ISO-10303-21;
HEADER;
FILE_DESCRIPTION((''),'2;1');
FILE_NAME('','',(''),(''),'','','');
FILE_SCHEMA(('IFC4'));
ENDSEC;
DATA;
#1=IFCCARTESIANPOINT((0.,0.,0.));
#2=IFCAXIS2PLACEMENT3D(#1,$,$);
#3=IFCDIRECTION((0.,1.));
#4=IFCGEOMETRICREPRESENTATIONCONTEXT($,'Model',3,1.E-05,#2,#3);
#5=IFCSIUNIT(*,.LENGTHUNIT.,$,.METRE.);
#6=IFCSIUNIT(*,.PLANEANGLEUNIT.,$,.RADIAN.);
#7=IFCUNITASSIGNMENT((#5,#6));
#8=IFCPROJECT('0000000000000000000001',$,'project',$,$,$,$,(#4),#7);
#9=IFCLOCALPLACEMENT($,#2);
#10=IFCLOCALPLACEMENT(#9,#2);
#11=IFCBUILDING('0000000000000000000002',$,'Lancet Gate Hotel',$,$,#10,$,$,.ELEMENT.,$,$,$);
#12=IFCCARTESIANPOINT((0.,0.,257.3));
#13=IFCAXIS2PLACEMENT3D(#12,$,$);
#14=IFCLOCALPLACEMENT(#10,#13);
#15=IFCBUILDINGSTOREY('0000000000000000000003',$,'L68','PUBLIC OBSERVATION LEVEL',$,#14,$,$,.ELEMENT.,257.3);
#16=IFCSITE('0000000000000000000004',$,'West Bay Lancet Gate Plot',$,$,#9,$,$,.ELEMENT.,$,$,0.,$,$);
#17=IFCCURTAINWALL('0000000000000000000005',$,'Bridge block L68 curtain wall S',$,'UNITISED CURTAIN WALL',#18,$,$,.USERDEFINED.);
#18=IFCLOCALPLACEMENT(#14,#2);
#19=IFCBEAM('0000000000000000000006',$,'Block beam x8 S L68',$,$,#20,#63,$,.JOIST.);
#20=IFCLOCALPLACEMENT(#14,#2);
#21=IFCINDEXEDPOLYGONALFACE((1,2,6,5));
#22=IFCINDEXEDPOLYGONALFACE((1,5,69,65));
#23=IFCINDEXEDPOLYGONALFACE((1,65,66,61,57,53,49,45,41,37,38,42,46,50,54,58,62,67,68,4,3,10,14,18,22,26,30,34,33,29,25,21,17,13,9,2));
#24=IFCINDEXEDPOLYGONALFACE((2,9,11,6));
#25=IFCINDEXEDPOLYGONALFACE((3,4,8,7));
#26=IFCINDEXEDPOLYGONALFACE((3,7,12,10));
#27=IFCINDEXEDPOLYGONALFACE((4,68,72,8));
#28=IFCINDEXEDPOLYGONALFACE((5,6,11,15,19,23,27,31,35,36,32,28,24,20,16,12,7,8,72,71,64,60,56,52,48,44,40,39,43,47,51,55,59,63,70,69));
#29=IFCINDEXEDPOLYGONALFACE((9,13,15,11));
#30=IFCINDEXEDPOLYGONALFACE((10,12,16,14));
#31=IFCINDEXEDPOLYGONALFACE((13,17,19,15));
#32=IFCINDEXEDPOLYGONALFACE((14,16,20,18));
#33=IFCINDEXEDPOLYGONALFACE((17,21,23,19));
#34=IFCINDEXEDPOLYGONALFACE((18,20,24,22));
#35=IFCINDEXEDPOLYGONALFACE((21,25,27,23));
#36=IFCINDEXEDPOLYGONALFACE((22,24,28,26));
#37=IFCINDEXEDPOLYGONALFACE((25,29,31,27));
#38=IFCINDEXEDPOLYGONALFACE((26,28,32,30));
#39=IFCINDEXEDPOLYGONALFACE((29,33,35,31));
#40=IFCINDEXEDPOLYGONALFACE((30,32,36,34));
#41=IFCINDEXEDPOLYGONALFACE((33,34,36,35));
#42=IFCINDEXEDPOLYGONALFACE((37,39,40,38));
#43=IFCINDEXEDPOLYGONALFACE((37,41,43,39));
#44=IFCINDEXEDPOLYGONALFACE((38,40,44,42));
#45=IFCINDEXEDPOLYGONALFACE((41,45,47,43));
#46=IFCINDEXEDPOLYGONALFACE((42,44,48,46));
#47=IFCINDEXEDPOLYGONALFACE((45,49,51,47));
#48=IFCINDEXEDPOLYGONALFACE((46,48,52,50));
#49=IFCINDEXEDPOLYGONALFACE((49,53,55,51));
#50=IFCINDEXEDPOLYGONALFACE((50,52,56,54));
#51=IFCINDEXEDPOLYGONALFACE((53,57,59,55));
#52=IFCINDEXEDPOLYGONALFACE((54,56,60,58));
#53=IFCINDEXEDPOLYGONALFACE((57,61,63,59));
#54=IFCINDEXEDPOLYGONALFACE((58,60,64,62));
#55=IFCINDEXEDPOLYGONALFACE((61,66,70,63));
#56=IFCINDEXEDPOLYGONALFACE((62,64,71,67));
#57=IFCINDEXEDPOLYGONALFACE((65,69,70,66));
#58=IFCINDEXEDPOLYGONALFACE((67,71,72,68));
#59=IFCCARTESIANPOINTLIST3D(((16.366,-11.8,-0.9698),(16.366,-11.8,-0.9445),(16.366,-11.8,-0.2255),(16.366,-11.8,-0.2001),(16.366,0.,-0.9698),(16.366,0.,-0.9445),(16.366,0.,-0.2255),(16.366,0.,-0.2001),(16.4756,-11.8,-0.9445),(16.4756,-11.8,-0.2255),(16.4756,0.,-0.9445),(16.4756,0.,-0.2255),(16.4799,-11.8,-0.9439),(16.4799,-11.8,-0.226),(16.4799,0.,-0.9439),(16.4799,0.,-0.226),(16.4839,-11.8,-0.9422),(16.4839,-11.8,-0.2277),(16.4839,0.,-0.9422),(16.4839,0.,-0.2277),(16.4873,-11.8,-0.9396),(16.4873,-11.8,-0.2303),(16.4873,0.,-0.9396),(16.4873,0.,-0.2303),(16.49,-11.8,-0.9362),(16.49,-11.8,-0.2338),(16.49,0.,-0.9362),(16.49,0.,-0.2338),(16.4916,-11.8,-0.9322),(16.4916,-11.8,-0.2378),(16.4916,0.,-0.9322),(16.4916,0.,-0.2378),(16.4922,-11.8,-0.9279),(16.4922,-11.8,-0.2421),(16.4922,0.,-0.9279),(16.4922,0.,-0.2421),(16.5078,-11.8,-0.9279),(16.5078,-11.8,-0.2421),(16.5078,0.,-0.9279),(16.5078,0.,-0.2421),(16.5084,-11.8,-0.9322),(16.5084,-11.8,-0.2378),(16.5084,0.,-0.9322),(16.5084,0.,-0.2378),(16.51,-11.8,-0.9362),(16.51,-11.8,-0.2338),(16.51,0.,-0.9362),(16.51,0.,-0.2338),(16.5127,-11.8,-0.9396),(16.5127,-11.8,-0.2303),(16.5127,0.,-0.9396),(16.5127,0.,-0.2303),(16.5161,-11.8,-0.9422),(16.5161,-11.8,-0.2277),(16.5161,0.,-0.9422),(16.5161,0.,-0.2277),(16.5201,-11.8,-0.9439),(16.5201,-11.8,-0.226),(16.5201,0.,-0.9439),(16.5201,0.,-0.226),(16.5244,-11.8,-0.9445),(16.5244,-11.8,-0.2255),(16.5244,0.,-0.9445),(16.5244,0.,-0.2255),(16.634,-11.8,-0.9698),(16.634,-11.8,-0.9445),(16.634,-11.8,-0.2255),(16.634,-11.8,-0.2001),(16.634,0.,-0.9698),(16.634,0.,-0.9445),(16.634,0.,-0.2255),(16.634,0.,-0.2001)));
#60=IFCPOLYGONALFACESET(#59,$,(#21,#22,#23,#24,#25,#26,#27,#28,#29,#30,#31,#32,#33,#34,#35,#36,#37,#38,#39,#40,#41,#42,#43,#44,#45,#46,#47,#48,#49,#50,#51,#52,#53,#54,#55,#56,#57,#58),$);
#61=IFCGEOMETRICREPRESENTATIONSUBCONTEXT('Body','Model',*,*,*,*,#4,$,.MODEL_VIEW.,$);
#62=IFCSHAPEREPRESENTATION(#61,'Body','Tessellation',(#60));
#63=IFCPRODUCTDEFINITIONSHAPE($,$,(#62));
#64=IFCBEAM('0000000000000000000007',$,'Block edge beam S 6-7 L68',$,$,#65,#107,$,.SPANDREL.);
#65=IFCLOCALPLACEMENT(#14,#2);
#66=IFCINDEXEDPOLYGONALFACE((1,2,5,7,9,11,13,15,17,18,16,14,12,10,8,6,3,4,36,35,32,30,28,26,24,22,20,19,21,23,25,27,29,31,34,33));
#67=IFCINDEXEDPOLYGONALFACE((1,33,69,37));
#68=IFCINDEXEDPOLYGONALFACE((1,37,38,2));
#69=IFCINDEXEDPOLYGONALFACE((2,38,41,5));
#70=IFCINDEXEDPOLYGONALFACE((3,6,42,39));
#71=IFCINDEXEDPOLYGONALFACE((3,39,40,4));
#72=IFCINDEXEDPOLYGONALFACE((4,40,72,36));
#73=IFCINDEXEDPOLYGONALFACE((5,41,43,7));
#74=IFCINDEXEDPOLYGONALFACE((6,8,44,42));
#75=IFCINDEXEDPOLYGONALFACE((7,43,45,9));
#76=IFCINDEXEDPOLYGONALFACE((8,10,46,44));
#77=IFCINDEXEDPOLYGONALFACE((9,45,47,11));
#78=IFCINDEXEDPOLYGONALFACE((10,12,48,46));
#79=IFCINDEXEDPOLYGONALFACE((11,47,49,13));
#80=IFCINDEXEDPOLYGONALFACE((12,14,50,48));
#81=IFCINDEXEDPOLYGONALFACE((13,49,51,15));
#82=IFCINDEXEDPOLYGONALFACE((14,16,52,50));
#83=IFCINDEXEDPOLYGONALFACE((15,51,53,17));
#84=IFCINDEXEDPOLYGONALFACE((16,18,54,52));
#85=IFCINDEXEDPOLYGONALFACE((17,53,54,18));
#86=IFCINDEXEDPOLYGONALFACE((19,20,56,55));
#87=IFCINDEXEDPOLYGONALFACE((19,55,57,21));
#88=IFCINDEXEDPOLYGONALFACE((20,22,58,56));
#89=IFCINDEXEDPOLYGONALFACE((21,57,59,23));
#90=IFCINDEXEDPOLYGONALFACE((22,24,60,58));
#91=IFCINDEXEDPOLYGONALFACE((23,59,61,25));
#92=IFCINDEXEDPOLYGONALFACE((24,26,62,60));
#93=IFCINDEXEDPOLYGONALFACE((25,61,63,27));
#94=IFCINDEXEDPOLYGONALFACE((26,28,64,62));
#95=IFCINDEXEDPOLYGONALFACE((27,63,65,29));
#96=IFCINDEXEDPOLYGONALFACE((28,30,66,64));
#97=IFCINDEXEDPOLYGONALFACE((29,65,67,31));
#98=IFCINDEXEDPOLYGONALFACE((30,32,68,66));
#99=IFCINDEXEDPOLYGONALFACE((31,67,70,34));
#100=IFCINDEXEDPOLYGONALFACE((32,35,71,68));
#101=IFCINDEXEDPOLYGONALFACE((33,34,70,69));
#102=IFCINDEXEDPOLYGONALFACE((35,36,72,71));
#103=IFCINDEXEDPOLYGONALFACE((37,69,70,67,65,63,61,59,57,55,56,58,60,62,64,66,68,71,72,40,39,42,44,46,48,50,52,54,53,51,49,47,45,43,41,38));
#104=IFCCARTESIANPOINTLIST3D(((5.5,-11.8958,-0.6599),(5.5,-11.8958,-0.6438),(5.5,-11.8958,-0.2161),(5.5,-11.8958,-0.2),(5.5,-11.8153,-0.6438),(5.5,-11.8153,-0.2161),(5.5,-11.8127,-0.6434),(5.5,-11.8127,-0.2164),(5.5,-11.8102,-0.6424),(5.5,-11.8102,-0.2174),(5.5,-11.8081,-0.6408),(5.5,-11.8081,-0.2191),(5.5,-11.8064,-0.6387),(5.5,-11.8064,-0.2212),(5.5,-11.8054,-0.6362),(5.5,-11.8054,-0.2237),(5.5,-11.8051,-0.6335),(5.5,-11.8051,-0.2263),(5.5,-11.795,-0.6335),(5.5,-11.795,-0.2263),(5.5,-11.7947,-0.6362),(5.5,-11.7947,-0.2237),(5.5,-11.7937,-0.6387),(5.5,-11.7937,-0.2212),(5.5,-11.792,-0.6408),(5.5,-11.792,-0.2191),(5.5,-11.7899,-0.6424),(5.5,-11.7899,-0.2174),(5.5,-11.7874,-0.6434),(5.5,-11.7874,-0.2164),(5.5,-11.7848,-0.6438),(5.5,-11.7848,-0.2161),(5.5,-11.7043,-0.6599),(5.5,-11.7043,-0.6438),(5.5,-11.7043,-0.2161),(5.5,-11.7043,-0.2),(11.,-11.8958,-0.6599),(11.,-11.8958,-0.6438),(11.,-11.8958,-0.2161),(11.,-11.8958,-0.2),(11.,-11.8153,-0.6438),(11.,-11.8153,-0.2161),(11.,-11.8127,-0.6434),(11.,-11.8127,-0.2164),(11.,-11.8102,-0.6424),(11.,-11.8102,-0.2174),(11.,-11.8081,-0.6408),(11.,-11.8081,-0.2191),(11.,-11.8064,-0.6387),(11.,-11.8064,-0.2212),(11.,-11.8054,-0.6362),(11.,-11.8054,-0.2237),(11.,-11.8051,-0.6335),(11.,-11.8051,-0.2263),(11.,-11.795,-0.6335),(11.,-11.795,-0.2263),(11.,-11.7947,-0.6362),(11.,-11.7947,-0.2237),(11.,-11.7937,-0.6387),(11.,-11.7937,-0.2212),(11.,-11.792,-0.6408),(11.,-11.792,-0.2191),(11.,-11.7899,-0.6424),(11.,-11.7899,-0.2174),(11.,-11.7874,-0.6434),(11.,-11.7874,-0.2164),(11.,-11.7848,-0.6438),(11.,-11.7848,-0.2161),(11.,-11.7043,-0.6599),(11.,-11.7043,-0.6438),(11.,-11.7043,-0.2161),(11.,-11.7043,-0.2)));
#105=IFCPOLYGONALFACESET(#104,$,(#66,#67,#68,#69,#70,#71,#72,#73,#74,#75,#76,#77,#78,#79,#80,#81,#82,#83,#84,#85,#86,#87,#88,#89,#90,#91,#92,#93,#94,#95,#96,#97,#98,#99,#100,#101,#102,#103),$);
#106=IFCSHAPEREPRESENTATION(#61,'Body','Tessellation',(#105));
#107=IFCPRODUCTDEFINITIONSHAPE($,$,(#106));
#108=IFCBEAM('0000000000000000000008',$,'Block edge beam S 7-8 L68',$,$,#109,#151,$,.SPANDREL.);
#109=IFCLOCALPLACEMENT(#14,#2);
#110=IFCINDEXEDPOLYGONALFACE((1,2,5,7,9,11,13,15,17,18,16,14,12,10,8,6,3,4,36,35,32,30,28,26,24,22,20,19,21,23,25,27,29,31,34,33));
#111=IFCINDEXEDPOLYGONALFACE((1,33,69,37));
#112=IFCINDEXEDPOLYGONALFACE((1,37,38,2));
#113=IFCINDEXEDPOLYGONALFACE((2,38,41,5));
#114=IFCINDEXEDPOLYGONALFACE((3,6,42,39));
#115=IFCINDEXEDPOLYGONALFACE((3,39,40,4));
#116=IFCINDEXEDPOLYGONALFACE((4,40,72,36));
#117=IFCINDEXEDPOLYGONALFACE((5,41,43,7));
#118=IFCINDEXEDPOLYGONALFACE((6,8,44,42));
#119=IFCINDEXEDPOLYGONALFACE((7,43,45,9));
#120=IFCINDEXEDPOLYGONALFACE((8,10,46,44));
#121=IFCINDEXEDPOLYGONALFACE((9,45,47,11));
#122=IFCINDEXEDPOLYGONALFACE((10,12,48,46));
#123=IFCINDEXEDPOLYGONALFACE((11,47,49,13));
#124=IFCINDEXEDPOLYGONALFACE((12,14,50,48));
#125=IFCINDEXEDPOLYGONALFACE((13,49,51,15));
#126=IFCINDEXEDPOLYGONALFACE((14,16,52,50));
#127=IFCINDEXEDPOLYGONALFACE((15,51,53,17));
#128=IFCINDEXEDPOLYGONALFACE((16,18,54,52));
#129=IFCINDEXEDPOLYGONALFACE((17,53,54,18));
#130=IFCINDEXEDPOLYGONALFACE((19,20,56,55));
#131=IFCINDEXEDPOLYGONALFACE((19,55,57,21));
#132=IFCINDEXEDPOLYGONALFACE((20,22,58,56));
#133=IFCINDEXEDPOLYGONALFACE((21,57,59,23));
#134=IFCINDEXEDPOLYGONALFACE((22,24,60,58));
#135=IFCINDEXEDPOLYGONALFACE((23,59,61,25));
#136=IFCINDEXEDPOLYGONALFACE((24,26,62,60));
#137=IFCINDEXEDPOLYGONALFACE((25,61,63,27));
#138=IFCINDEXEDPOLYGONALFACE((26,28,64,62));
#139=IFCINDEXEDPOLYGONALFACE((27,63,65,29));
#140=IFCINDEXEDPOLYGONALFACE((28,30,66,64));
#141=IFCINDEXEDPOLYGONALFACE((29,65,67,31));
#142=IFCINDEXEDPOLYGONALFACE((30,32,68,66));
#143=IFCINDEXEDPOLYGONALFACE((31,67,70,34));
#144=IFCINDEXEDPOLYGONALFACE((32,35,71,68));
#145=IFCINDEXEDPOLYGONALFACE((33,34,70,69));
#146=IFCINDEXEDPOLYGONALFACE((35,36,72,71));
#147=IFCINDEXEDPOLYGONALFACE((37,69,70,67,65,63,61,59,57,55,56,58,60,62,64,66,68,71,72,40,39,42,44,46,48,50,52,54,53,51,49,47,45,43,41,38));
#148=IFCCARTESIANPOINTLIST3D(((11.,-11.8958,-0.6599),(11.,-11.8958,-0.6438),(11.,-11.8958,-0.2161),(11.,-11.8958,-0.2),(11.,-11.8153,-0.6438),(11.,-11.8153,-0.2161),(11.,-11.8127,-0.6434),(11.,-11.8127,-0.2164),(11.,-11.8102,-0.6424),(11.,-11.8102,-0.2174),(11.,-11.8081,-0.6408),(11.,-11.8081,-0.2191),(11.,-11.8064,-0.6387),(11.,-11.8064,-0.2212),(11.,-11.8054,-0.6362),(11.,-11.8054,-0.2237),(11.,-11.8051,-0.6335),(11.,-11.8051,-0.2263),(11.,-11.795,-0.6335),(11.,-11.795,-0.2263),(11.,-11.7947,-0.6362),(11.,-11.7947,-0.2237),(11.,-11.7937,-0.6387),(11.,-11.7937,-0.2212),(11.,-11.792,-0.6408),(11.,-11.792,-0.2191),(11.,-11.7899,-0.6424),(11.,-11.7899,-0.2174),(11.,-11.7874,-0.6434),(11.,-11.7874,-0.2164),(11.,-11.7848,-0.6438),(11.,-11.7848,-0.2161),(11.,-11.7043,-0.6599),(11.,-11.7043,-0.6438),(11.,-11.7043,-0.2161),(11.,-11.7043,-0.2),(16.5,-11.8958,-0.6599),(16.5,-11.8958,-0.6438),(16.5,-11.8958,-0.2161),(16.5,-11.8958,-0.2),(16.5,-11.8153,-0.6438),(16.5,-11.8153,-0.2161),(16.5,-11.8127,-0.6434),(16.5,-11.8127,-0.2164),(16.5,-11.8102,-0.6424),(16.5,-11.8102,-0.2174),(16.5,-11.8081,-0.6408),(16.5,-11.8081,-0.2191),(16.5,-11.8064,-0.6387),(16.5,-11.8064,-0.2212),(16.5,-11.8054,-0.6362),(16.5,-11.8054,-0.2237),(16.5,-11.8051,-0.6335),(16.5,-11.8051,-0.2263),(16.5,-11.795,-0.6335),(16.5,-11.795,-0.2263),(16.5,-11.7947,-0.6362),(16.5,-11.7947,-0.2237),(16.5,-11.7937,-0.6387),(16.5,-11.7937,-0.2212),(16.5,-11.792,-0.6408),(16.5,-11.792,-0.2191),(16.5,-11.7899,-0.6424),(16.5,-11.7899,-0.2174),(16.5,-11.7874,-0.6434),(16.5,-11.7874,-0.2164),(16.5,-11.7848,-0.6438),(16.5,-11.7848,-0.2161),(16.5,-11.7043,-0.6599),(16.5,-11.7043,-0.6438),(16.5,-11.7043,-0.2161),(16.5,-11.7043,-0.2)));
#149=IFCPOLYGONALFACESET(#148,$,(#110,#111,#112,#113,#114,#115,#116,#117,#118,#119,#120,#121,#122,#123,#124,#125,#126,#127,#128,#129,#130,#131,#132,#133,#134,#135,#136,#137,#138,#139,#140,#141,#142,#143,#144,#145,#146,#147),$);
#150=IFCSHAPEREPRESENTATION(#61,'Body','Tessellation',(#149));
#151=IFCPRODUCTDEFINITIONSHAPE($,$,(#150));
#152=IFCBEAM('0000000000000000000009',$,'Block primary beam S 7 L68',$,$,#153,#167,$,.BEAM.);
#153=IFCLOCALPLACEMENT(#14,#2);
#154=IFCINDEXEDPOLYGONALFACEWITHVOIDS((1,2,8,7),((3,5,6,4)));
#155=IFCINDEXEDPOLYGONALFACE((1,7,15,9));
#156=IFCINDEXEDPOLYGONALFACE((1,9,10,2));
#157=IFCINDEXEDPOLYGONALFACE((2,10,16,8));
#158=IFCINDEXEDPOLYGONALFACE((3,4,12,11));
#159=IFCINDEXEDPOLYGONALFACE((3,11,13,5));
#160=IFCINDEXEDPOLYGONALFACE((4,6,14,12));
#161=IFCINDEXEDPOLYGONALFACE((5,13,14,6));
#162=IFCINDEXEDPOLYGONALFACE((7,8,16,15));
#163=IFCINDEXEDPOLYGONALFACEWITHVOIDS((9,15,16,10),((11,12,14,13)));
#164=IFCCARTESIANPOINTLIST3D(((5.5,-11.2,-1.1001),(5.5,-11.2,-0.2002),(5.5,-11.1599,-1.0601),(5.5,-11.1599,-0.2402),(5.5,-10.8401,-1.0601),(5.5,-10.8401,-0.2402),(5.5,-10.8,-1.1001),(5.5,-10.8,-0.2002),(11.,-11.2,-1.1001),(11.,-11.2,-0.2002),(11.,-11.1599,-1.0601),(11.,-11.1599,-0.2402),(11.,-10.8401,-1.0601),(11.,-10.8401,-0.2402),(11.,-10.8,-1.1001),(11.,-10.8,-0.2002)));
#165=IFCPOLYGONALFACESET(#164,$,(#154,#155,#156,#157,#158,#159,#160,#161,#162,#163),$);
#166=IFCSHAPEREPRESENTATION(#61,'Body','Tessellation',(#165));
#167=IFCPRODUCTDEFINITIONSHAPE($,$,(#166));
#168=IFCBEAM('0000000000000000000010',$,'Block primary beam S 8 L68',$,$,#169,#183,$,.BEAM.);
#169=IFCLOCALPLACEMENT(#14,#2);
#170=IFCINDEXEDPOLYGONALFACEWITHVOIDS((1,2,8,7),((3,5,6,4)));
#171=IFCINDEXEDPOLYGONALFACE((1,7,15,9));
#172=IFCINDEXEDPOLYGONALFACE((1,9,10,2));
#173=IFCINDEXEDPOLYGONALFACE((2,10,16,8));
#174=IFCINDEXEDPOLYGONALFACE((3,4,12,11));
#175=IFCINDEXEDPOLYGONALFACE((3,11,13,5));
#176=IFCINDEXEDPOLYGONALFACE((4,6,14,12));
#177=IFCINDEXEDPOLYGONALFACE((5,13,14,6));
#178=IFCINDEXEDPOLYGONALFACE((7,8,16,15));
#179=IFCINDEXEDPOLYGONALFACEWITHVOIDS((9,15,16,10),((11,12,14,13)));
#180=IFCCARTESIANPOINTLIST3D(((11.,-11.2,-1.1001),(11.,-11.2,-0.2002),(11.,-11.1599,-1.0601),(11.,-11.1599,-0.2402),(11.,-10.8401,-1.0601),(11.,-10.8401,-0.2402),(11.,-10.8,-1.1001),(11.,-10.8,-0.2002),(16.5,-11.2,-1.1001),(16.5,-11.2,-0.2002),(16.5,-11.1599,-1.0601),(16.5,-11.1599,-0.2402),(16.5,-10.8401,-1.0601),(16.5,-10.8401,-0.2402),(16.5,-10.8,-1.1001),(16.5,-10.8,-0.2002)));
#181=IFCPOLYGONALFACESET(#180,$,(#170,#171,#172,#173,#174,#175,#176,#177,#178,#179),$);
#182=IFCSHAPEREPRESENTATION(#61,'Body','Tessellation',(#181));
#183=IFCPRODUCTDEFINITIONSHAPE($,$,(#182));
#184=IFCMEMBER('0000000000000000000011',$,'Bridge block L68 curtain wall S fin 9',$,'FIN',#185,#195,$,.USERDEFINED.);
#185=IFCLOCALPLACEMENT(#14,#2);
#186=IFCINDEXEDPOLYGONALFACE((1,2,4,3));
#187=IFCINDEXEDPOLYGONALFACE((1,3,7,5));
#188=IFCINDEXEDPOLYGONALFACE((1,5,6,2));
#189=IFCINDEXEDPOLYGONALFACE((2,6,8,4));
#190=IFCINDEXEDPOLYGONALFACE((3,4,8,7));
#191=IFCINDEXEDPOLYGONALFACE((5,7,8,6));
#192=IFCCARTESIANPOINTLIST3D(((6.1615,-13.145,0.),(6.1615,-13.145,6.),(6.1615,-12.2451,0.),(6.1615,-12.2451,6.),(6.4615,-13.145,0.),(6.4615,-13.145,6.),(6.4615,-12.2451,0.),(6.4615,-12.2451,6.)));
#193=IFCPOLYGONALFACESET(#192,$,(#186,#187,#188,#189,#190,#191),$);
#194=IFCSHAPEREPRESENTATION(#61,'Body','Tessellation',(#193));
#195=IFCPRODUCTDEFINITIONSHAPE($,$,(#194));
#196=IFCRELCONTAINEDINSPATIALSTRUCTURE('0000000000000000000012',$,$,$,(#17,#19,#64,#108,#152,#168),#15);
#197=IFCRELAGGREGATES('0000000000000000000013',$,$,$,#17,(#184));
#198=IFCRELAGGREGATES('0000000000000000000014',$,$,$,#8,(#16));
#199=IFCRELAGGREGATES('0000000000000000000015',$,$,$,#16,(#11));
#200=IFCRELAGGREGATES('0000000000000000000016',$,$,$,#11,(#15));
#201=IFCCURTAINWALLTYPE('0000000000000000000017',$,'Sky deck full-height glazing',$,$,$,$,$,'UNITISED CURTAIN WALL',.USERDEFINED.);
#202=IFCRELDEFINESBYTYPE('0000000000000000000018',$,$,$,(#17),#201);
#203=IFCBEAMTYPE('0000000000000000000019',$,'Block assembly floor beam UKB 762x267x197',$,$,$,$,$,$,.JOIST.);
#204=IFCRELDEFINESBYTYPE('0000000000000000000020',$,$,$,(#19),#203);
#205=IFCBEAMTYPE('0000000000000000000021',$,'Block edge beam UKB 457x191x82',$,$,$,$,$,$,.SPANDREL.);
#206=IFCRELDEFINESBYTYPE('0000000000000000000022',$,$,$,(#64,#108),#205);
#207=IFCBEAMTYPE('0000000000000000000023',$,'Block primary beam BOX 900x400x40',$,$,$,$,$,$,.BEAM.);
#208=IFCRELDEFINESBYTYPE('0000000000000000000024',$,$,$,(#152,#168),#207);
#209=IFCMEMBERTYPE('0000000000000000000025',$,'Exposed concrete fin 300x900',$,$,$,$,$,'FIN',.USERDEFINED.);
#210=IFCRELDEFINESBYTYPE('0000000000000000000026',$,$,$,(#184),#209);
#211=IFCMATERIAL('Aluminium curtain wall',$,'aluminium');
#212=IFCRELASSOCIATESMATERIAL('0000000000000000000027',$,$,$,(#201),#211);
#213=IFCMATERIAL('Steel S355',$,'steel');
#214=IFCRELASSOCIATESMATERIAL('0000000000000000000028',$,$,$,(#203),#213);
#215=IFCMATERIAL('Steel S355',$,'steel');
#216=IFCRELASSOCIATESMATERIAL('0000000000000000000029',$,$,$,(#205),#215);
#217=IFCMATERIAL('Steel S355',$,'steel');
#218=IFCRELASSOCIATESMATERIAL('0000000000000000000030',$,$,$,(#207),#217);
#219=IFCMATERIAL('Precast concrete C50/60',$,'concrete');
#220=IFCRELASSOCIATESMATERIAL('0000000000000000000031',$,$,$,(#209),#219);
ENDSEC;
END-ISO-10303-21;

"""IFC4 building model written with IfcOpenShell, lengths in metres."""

from ifc_helpers import new_model, si_unit, direction, frame, origin, origin_2d, place, context, subcontext, project, spatial, rectangle, hollow_rectangle, i_section, extrude, material, material_profile, profile_set, type_object, element, aggregate, save


model = new_model("IFC4")

# Units and contexts
model_context = context("Model", 3, precision=1e-05, world=origin(), true_north=direction((0.0, 1.0)))
body_context = subcontext(model_context, "Body", "Model", "MODEL_VIEW")
ifc_project = project(units=[si_unit("LENGTHUNIT", "METRE"), si_unit("PLANEANGLEUNIT", "RADIAN")], contexts=[model_context])

# Site, building, storey
site_placement = place(None, origin())
site = spatial("IfcSite", under=ifc_project, at=site_placement, Name="West Bay Lancet Gate Plot", CompositionType="ELEMENT", RefElevation=0.0)
building_placement = place(site_placement, origin())
building = spatial("IfcBuilding", under=site, at=building_placement, Name="Lancet Gate Hotel", CompositionType="ELEMENT")
storey_placement = place(building_placement, frame((0.0, 0.0, 257.3)))
storey = spatial("IfcBuildingStorey", under=building, at=storey_placement, Name="L68", Description="PUBLIC OBSERVATION LEVEL", CompositionType="ELEMENT", Elevation=257.3)

# Curtain wall
ifc_material_1 = material(Name="Aluminium curtain wall", Category="aluminium")
curtain_wall_type = type_object("IfcCurtainWallType", Name="Sky deck full-height glazing", ElementType="UNITISED CURTAIN WALL", PredefinedType="USERDEFINED", material=ifc_material_1)
curtain_wall_placement = place(storey_placement, origin())
curtain_wall = element("IfcCurtainWall", 1, at=curtain_wall_placement, inside=storey, type_object=curtain_wall_type, Name="Bridge block L68 curtain wall S", ObjectType="UNITISED CURTAIN WALL", PredefinedType="USERDEFINED")

# Beams
ifc_material_2 = material(Name="Steel S355", Category="steel")
ifc_material_profile_1 = material_profile(ifc_material_2, i_section(OverallWidth=0.2681, OverallDepth=0.7698, WebThickness=0.0156, FlangeThickness=0.0254, FilletRadius=0.0166, at=origin_2d()), Name="UKB 762x267x197")
ifc_profile_set_1 = profile_set([ifc_material_profile_1], Name="Steel S355")
beam_type_1 = type_object("IfcBeamType", Name="Block assembly floor beam UKB 762x267x197", PredefinedType="JOIST", material=ifc_profile_set_1)
for number, where, z_axis, x_axis, name in (
    (2, (16.5, -11.8, -0.585), (0.0, 1.0, 0.0), (-1.0, 0.0, 0.0), "Block beam x8 S L68"),
):
    element("IfcBeam", number, at=place(storey_placement, frame(where, z_axis=z_axis, x_axis=x_axis)), inside=storey, type_object=beam_type_1, Name=name, PredefinedType="JOIST", context=body_context, shape_type="SweptSolid", body=[
        extrude(i_section(OverallWidth=0.2681, OverallDepth=0.7698, WebThickness=0.0156, FlangeThickness=0.0254, FilletRadius=0.0166, at=origin_2d()), origin(), (0.0, 0.0, 1.0), 11.8),
    ])
ifc_material_3 = material(Name="Steel S355", Category="steel")
ifc_material_profile_2 = material_profile(ifc_material_3, i_section(OverallWidth=0.1914, OverallDepth=0.46, WebThickness=0.01, FlangeThickness=0.0161, FilletRadius=0.0103, at=origin_2d()), Name="UKB 457x191x82")
ifc_profile_set_2 = profile_set([ifc_material_profile_2], Name="Steel S355")
beam_type_2 = type_object("IfcBeamType", Name="Block edge beam UKB 457x191x82", PredefinedType="SPANDREL", material=ifc_profile_set_2)
for number, where, z_axis, x_axis, name in (
    (3, (5.5, -11.8, -0.4299), (1.0, 0.0, 0.0), (0.0, 1.0, 0.0), "Block edge beam S 6-7 L68"),
    (4, (11.0, -11.8, -0.4299), (1.0, 0.0, 0.0), (0.0, 1.0, 0.0), "Block edge beam S 7-8 L68"),
):
    element("IfcBeam", number, at=place(storey_placement, frame(where, z_axis=z_axis, x_axis=x_axis)), inside=storey, type_object=beam_type_2, Name=name, PredefinedType="SPANDREL", context=body_context, shape_type="SweptSolid", body=[
        extrude(i_section(OverallWidth=0.1914, OverallDepth=0.46, WebThickness=0.01, FlangeThickness=0.0161, FilletRadius=0.0103, at=origin_2d()), origin(), (0.0, 0.0, 1.0), 5.5),
    ])
ifc_material_4 = material(Name="Steel S355", Category="steel")
ifc_material_profile_3 = material_profile(ifc_material_4, hollow_rectangle(XDim=0.3999, YDim=0.8999, WallThickness=0.04, at=origin_2d()), Name="BOX 900x400x40")
ifc_profile_set_3 = profile_set([ifc_material_profile_3], Name="Steel S355")
beam_type_3 = type_object("IfcBeamType", Name="Block primary beam BOX 900x400x40", PredefinedType="BEAM", material=ifc_profile_set_3)
for number, where, z_axis, x_axis, name in (
    (5, (5.5, -11.0, -0.6501), (1.0, 0.0, 0.0), (0.0, 1.0, 0.0), "Block primary beam S 7 L68"),
    (6, (11.0, -11.0, -0.6501), (1.0, 0.0, 0.0), (0.0, 1.0, 0.0), "Block primary beam S 8 L68"),
):
    element("IfcBeam", number, at=place(storey_placement, frame(where, z_axis=z_axis, x_axis=x_axis)), inside=storey, type_object=beam_type_3, Name=name, PredefinedType="BEAM", context=body_context, shape_type="SweptSolid", body=[
        extrude(hollow_rectangle(XDim=0.3999, YDim=0.8999, WallThickness=0.04, at=origin_2d()), origin(), (0.0, 0.0, 1.0), 5.5),
    ])

# Member
ifc_material_5 = material(Name="Precast concrete C50/60", Category="concrete")
ifc_material_profile_4 = material_profile(ifc_material_5, rectangle(XDim=0.3, YDim=0.8999, at=origin_2d()), Name="FIN 300x900")
ifc_profile_set_4 = profile_set([ifc_material_profile_4], Name="Precast concrete C50/60")
member_type_1 = type_object("IfcMemberType", Name="Exposed concrete fin 300x900", ElementType="FIN", PredefinedType="USERDEFINED", material=ifc_profile_set_4)
member_1_placement = place(storey_placement, frame((6.3115, -12.6951, 0.0), z_axis=(0.0, 0.0, 1.0), x_axis=(1.0, 0.0, 0.0)))
member_1 = element("IfcMember", 7, at=member_1_placement, type_object=member_type_1, Name="Bridge block L68 curtain wall S fin 9", ObjectType="FIN", PredefinedType="USERDEFINED", context=body_context, shape_type="SweptSolid", body=[
    extrude(rectangle(XDim=0.3, YDim=0.8999, at=origin_2d()), origin(), (0.0, 0.0, 1.0), 6.0),
])

aggregate(curtain_wall, [member_1])

save(model, "model.ifc")
